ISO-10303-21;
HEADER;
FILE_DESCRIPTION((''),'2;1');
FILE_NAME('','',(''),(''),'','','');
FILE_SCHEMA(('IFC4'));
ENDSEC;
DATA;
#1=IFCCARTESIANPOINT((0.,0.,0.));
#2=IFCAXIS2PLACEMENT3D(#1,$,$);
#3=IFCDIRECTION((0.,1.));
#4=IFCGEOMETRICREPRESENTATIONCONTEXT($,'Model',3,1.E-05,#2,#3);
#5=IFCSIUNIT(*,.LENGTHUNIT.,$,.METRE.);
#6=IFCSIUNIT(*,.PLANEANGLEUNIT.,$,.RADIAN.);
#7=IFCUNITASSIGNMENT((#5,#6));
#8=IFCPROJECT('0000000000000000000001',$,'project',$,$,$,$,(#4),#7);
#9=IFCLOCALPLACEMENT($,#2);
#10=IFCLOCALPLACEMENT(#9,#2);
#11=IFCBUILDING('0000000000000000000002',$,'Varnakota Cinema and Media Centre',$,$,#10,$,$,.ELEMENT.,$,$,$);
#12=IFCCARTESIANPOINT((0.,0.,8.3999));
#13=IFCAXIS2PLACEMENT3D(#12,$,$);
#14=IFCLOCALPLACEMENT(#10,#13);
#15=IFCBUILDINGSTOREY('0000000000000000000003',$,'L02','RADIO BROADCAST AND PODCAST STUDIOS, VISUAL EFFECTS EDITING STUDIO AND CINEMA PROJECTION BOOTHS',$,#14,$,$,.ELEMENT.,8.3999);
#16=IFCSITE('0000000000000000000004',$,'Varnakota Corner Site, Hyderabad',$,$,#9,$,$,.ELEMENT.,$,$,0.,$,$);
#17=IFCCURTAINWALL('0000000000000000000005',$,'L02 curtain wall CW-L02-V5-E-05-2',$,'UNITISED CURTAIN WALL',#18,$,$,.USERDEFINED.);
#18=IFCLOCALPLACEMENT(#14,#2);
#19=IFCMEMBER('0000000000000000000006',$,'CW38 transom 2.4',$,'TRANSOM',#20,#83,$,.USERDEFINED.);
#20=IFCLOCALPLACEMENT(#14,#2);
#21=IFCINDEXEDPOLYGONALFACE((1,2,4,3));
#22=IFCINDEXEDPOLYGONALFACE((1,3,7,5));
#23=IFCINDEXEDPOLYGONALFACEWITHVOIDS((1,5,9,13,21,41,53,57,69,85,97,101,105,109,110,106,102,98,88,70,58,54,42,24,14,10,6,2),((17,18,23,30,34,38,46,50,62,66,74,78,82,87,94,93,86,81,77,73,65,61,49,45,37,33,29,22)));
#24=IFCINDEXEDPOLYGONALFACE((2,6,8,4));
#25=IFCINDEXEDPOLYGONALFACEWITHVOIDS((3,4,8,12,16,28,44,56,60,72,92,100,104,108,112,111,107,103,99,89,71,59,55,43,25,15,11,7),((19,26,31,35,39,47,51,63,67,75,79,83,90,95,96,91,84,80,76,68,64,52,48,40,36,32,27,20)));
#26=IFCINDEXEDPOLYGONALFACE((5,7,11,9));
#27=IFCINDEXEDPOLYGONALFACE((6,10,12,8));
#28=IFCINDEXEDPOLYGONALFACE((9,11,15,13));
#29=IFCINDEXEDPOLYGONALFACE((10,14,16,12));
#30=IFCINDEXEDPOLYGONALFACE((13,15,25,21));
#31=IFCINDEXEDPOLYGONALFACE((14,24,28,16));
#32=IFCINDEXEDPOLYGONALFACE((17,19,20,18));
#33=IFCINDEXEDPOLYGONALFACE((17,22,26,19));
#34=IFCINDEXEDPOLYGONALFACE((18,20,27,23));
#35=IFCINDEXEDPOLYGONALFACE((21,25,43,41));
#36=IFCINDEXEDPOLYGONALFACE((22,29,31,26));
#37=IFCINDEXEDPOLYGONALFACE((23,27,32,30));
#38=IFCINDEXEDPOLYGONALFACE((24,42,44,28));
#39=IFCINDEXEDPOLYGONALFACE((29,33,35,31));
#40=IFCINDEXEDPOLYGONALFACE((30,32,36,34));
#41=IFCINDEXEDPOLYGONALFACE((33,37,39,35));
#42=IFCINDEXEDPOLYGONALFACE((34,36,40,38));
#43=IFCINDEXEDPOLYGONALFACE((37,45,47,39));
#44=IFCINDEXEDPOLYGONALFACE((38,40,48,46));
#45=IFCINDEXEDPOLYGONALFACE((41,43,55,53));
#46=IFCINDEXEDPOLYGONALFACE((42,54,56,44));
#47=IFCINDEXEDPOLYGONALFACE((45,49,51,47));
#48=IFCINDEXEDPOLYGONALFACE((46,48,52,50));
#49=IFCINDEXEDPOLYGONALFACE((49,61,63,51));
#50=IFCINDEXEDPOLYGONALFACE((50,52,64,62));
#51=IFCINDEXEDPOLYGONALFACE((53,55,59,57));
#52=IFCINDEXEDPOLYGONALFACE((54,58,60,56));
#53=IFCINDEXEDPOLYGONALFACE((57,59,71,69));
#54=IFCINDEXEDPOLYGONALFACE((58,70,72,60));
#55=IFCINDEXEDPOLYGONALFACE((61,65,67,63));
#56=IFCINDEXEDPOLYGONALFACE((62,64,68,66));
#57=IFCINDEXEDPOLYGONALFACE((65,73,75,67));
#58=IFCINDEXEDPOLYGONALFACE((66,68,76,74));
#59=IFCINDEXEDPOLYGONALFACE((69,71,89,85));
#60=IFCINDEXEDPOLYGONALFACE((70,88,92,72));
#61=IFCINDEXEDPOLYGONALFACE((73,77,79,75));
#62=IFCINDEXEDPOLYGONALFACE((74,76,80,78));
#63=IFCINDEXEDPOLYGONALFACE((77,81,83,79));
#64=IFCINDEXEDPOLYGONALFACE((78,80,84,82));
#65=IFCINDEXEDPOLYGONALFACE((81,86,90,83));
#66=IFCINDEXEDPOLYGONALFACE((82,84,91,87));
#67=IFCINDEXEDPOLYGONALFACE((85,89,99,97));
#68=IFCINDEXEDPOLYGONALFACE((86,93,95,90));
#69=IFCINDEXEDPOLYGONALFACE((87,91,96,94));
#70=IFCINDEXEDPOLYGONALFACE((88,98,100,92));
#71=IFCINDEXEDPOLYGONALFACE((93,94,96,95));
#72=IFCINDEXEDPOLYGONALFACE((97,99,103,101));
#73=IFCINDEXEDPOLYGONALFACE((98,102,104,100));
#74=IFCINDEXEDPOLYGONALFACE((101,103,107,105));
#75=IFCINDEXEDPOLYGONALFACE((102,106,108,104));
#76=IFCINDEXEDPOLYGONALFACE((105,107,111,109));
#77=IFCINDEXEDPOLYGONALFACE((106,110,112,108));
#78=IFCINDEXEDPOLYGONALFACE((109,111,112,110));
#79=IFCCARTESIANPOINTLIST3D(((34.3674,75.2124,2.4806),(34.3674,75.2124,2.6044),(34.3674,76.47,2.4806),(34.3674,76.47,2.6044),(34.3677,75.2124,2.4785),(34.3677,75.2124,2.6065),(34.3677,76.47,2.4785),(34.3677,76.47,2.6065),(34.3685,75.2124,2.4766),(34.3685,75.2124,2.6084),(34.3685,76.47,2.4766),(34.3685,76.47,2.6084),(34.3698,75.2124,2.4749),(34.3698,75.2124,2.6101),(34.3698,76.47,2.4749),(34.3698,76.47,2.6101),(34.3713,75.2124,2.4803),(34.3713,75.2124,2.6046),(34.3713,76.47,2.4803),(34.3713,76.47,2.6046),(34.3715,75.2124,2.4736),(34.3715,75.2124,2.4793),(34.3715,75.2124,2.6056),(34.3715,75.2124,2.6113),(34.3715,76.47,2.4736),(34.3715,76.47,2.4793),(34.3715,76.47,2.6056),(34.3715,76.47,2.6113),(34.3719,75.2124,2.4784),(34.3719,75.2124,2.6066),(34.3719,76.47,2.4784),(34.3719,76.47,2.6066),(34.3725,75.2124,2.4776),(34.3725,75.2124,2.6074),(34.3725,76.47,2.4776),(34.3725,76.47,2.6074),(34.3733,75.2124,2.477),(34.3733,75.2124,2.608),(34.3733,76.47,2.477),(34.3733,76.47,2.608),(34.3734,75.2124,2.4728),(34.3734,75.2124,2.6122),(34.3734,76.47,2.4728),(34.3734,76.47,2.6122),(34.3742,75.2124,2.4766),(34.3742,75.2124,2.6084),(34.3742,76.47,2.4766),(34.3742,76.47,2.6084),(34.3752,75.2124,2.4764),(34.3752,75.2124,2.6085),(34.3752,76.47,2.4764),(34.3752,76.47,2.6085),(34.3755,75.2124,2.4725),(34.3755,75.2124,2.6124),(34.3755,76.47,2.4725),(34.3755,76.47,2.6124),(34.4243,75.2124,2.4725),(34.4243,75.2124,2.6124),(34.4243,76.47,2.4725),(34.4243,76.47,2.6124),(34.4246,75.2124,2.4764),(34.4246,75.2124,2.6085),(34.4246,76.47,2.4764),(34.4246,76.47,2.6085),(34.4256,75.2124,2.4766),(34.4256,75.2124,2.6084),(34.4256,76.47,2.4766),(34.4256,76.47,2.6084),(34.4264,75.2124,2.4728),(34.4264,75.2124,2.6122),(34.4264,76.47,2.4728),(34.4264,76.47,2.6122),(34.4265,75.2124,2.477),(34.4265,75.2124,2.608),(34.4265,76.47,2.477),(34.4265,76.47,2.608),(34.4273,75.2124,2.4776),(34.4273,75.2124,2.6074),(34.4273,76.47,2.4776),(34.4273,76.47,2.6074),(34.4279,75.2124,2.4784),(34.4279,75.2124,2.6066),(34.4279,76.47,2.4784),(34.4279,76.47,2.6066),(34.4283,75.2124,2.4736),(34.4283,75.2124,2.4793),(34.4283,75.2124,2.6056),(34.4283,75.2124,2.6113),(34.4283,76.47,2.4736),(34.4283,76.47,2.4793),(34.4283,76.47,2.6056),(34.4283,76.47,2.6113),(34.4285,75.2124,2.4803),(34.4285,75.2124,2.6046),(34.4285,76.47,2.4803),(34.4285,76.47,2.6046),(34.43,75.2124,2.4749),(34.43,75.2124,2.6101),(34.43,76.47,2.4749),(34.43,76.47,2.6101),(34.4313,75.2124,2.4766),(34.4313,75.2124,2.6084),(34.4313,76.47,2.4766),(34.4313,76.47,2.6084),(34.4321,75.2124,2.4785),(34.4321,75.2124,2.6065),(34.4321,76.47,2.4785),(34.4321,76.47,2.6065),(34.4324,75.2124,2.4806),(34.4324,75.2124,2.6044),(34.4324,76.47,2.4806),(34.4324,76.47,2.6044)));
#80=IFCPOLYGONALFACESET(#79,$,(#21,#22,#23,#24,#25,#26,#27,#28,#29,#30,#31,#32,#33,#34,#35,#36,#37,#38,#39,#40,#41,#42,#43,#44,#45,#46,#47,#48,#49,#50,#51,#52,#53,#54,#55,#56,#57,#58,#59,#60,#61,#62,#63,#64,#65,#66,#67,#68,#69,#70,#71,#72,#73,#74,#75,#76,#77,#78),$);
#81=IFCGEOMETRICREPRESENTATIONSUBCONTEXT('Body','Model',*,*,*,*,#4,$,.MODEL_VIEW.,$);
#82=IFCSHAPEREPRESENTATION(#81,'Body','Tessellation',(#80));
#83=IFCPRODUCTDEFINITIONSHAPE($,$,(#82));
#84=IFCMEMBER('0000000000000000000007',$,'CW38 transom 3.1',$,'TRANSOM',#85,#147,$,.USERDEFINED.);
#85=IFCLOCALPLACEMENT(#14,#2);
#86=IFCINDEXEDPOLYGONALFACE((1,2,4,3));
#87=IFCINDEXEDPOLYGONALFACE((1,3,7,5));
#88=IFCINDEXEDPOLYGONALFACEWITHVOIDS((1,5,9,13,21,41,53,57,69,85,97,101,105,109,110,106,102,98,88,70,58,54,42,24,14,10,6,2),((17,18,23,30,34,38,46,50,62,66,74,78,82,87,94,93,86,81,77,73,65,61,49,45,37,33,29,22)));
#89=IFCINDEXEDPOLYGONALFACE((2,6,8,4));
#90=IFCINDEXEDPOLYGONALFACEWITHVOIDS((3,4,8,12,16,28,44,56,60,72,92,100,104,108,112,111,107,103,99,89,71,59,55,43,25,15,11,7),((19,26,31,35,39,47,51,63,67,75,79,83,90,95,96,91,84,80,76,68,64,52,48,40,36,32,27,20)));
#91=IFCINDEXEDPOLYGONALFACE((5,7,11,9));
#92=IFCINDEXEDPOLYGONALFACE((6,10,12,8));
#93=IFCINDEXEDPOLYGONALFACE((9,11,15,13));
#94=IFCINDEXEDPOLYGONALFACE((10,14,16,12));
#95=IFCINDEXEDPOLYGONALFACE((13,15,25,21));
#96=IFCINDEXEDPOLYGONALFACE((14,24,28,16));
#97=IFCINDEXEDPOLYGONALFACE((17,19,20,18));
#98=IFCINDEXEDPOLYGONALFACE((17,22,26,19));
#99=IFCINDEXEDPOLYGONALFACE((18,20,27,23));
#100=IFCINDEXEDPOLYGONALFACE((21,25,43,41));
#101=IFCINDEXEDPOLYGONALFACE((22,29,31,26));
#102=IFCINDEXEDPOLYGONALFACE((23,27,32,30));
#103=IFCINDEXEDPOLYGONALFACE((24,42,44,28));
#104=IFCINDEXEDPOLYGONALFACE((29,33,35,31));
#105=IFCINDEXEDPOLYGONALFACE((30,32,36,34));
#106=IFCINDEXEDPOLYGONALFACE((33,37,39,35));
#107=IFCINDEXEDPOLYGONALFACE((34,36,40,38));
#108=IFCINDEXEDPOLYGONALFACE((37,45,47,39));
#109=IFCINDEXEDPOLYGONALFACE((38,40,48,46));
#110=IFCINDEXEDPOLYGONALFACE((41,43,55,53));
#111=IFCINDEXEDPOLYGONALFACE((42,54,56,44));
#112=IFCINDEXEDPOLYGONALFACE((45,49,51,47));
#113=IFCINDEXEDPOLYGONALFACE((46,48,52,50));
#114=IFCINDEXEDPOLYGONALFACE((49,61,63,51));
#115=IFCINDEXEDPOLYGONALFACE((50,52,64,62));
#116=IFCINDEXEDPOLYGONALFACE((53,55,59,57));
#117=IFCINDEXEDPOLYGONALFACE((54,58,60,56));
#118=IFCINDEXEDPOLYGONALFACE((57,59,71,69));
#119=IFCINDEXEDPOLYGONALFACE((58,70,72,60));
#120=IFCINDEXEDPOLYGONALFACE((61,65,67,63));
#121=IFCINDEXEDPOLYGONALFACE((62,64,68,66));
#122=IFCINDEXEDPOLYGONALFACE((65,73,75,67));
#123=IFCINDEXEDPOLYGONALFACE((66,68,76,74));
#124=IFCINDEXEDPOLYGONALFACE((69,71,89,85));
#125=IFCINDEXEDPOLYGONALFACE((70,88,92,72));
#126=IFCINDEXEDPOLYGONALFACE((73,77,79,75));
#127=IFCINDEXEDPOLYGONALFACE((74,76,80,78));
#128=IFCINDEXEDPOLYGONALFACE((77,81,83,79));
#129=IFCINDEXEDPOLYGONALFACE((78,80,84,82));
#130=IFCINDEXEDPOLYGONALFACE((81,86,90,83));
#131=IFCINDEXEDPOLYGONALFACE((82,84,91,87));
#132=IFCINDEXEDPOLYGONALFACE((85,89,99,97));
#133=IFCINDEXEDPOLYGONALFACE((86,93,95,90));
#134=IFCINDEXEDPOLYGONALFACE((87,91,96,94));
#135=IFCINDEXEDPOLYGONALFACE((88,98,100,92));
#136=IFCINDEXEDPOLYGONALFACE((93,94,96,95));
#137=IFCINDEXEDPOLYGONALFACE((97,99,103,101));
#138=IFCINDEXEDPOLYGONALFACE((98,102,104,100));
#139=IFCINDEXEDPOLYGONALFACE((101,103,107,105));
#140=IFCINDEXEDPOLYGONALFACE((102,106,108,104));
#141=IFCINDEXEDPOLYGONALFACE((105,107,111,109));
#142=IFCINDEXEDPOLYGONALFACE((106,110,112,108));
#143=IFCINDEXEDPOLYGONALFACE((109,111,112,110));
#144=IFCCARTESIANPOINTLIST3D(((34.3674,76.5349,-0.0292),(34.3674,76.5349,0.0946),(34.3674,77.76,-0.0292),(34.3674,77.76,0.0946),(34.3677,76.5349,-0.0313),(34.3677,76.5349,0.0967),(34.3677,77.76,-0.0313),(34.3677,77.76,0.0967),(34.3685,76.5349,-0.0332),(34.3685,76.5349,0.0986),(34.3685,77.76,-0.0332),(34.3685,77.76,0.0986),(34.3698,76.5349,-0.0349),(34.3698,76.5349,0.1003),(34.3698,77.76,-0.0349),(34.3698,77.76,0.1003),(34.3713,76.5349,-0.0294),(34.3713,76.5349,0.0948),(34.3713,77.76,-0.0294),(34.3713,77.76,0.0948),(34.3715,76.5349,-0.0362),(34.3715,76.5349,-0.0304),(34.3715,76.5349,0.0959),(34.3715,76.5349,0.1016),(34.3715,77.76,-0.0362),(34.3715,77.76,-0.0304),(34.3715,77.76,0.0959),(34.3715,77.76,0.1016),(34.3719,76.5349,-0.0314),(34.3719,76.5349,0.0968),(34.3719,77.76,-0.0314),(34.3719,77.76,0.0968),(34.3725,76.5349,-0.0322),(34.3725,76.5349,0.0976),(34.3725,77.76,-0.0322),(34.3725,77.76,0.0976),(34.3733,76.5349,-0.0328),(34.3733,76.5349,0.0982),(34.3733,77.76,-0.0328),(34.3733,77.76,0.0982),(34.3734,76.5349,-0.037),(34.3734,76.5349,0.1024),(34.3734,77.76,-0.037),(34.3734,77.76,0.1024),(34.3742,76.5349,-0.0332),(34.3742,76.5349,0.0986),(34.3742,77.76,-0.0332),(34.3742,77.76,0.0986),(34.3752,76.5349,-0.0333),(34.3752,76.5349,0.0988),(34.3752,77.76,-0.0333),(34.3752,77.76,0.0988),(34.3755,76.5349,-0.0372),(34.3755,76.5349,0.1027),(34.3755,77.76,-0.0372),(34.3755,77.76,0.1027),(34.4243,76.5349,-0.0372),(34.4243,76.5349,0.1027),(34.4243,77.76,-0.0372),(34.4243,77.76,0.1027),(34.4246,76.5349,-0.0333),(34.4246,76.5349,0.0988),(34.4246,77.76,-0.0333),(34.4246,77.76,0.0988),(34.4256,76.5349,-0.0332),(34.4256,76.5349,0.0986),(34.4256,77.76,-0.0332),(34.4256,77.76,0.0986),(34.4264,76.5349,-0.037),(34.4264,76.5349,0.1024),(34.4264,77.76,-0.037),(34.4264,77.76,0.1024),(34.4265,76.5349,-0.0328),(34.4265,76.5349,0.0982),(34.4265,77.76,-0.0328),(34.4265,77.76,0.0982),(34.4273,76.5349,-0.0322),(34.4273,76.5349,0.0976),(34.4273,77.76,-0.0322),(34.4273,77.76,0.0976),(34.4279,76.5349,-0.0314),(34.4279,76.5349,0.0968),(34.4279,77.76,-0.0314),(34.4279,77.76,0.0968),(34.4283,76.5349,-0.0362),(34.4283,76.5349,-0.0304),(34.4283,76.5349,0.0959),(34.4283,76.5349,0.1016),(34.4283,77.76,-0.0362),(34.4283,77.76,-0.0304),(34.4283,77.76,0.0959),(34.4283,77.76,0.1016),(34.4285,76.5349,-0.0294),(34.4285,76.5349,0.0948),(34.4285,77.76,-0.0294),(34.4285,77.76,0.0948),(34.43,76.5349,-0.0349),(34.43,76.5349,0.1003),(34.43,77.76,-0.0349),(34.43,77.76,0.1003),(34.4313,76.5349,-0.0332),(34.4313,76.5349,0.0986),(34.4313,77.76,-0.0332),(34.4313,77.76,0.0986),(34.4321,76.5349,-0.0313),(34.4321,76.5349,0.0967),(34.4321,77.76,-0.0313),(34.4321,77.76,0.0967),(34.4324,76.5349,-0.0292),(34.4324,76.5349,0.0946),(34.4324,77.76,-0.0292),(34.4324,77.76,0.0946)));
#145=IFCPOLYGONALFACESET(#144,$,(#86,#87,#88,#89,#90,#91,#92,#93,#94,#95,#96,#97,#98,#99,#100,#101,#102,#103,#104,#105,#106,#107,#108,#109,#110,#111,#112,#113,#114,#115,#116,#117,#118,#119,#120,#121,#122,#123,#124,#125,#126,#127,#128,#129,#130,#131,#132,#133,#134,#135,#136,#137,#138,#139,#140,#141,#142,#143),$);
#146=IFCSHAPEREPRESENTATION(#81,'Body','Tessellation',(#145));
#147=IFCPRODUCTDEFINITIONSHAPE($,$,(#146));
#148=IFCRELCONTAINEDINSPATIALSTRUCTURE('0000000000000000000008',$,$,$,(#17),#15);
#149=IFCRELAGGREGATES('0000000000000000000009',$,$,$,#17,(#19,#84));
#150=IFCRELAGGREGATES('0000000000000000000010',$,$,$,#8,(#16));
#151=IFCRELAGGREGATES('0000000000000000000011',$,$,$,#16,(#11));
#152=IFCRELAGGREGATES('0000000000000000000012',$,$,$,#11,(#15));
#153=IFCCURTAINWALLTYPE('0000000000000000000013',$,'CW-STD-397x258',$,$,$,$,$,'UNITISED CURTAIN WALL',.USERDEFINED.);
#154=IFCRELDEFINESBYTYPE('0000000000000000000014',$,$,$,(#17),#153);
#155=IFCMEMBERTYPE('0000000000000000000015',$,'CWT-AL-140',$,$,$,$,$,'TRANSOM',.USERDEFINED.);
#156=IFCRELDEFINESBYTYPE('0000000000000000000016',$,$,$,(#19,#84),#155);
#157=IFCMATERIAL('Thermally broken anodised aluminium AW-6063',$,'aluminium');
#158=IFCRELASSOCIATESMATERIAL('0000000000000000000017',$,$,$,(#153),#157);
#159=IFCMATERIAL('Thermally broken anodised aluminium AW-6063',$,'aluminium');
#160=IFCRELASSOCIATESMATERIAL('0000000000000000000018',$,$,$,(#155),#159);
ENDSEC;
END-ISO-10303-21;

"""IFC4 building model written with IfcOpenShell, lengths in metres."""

from ifc_helpers import new_model, si_unit, direction, frame, origin, origin_2d, place, context, subcontext, project, spatial, hollow_rectangle, extrude, material, material_profile, profile_set, type_object, element, aggregate, save


model = new_model("IFC4")

# Units and contexts
model_context = context("Model", 3, precision=1e-05, world=origin(), true_north=direction((0.0, 1.0)))
body_context = subcontext(model_context, "Body", "Model", "MODEL_VIEW")
ifc_project = project(units=[si_unit("LENGTHUNIT", "METRE"), si_unit("PLANEANGLEUNIT", "RADIAN")], contexts=[model_context])

# Site, building, storey
site_placement = place(None, origin())
site = spatial("IfcSite", under=ifc_project, at=site_placement, Name="Varnakota Corner Site, Hyderabad", CompositionType="ELEMENT", RefElevation=0.0)
building_placement = place(site_placement, origin())
building = spatial("IfcBuilding", under=site, at=building_placement, Name="Varnakota Cinema and Media Centre", CompositionType="ELEMENT")
storey_placement = place(building_placement, frame((0.0, 0.0, 8.3999)))
storey = spatial("IfcBuildingStorey", under=building, at=storey_placement, Name="L02", Description="RADIO BROADCAST AND PODCAST STUDIOS, VISUAL EFFECTS EDITING STUDIO AND CINEMA PROJECTION BOOTHS", CompositionType="ELEMENT", Elevation=8.3999)

# Shared definitions
ifc_material_1 = material(Name="Thermally broken anodised aluminium AW-6063", Category="aluminium")
curtain_wall_type = type_object("IfcCurtainWallType", Name="CW-STD-397x258", ElementType="UNITISED CURTAIN WALL", PredefinedType="USERDEFINED", material=ifc_material_1)

# Curtain wall, members
curtain_wall_1_placement = place(storey_placement, origin())
curtain_wall_1 = element("IfcCurtainWall", 1, at=curtain_wall_1_placement, inside=storey, type_object=curtain_wall_type, Name="L02 curtain wall CW-L02-V5-E-05-2", ObjectType="UNITISED CURTAIN WALL", PredefinedType="USERDEFINED")
ifc_material_2 = material(Name="Thermally broken anodised aluminium AW-6063", Category="aluminium")
ifc_material_profile_1 = material_profile(ifc_material_2, hollow_rectangle(XDim=0.0649, YDim=0.1399, WallThickness=0.0039, InnerFilletRadius=0.0039, OuterFilletRadius=0.0081, at=origin_2d()), Name="AL-TRANSOM 140x65x4")
ifc_profile_set_1 = profile_set([ifc_material_profile_1], Name="Thermally broken anodised aluminium AW-6063")
member_type_1 = type_object("IfcMemberType", Name="CWT-AL-140", ElementType="TRANSOM", PredefinedType="USERDEFINED", material=ifc_profile_set_1)
member_1_placement = place(storey_placement, frame((34.3999, 75.2124, 2.5425), z_axis=(0.0, 1.0, 0.0), x_axis=(-1.0, 0.0, 0.0)))
member_1 = element("IfcMember", 2, at=member_1_placement, type_object=member_type_1, Name="CW38 transom 2.4", ObjectType="TRANSOM", PredefinedType="USERDEFINED", context=body_context, shape_type="SweptSolid", body=[
    extrude(hollow_rectangle(XDim=0.0649, YDim=0.1399, WallThickness=0.0039, InnerFilletRadius=0.0039, OuterFilletRadius=0.0081, at=origin_2d()), origin(), (0.0, 0.0, 1.0), 1.2576),
])
member_2_placement = place(storey_placement, frame((34.3999, 76.5349, 0.0327), z_axis=(0.0, 1.0, 0.0), x_axis=(-1.0, 0.0, 0.0)))
member_2 = element("IfcMember", 3, at=member_2_placement, type_object=member_type_1, Name="CW38 transom 3.1", ObjectType="TRANSOM", PredefinedType="USERDEFINED", context=body_context, shape_type="SweptSolid", body=[
    extrude(hollow_rectangle(XDim=0.0649, YDim=0.1399, WallThickness=0.0039, InnerFilletRadius=0.0039, OuterFilletRadius=0.0081, at=origin_2d()), origin(), (0.0, 0.0, 1.0), 1.2251),
])
aggregate(curtain_wall_1, [member_1, member_2])

save(model, "model.ifc")
